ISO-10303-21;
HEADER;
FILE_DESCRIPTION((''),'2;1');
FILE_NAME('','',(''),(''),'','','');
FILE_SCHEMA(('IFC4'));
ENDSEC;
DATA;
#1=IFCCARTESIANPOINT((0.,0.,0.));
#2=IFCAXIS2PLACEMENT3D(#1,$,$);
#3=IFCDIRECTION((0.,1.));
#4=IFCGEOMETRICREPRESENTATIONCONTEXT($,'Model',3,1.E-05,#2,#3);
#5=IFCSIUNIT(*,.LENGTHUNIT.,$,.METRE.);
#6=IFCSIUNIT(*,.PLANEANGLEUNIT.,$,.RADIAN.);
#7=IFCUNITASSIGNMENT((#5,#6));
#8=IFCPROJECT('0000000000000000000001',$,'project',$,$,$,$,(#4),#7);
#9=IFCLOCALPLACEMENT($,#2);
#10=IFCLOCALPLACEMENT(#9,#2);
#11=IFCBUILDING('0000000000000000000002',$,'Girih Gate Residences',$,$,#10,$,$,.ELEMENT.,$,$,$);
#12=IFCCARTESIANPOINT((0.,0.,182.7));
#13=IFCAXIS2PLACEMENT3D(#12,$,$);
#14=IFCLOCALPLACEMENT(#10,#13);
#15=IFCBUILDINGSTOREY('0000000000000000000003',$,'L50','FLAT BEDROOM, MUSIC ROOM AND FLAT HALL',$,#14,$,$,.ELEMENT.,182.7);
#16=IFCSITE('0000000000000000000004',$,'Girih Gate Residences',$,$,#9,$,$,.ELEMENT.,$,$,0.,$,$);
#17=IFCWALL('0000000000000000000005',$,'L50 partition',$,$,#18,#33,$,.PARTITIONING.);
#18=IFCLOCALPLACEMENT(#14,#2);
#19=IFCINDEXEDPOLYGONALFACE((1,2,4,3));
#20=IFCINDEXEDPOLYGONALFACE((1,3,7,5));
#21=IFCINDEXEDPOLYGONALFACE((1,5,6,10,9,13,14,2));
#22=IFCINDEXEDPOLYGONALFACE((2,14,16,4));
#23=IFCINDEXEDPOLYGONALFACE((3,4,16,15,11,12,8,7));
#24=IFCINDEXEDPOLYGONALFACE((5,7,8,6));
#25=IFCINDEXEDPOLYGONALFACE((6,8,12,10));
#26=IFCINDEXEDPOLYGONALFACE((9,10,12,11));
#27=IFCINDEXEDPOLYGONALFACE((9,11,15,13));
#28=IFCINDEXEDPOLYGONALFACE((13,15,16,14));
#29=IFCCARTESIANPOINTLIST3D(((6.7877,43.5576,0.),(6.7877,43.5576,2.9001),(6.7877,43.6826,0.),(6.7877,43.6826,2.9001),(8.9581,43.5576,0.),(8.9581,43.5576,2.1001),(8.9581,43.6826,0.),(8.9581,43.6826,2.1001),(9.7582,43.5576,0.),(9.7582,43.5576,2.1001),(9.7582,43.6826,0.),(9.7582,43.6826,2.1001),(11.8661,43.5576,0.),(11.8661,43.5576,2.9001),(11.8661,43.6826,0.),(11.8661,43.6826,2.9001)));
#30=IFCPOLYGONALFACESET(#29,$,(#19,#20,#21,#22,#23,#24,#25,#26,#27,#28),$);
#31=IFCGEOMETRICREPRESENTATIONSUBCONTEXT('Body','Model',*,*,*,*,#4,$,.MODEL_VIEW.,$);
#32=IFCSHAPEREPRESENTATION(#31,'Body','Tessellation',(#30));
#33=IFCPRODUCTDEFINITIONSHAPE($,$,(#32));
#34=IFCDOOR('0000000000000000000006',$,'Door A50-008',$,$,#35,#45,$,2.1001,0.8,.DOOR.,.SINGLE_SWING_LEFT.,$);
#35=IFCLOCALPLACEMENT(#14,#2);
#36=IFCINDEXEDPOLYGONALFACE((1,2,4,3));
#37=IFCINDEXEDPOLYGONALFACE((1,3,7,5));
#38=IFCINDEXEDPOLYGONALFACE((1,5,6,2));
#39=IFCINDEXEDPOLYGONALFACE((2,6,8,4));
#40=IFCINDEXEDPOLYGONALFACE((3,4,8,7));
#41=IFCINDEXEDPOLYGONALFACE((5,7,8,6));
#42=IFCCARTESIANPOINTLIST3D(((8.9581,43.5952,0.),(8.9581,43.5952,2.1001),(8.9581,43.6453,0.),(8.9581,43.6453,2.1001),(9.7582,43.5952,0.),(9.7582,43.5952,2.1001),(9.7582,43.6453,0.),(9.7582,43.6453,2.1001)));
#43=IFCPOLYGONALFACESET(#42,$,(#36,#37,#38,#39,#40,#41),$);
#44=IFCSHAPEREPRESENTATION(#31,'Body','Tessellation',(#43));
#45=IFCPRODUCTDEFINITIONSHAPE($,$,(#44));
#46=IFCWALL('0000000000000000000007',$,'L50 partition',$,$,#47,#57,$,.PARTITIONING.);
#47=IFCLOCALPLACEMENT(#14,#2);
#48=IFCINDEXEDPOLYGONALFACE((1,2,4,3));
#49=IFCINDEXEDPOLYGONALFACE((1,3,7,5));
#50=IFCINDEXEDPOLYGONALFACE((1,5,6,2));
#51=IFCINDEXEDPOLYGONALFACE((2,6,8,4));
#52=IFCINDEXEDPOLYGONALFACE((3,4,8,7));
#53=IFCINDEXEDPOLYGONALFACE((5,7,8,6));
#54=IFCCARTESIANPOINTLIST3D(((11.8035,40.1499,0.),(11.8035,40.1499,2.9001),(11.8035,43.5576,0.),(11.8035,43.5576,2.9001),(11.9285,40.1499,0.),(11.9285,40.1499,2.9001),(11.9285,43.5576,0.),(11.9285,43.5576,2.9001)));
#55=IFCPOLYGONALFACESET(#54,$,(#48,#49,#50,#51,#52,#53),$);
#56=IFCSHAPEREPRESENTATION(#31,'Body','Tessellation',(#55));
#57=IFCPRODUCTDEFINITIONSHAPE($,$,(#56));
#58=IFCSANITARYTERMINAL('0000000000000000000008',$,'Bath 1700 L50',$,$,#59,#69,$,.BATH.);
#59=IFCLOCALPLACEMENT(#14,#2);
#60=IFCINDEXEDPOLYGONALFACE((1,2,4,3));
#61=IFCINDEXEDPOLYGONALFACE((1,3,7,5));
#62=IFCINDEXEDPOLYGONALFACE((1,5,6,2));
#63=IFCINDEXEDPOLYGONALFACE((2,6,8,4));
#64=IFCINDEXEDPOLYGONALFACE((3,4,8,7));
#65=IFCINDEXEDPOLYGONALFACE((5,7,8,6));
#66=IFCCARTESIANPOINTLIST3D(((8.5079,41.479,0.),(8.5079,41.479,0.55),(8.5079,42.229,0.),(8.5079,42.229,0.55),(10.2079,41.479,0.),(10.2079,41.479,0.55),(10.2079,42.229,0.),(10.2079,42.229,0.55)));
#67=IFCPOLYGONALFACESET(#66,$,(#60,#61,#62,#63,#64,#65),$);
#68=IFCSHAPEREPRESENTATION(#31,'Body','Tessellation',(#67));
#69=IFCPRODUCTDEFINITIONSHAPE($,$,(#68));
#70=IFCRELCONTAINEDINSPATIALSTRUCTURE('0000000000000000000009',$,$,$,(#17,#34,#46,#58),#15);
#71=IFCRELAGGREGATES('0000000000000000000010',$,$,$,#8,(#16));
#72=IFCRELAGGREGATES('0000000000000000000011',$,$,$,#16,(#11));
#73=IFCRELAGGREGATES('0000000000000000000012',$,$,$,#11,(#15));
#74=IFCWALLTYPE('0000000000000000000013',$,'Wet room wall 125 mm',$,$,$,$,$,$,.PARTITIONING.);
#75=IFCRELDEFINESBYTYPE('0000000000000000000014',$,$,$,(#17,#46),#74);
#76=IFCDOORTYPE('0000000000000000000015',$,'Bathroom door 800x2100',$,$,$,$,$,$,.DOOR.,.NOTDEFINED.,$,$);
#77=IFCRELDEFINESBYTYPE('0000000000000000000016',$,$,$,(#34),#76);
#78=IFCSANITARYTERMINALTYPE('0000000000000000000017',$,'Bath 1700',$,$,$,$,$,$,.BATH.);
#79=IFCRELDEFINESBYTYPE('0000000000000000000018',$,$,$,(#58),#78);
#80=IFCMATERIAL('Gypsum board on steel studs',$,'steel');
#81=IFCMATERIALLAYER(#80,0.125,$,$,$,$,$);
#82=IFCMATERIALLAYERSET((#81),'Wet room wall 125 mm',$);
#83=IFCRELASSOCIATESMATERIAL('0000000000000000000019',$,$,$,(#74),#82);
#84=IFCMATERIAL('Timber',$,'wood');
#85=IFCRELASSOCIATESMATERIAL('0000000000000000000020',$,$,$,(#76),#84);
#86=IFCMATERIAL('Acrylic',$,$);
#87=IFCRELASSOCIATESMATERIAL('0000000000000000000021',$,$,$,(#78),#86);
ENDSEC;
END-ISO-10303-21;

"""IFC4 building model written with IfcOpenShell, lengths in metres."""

from ifc_helpers import new_model, si_unit, direction, frame, frame_2d, origin, origin_2d, place, context, subcontext, project, spatial, rectangle, extrude, material, layer, layer_set, type_object, element, fill, save


model = new_model("IFC4")

# Units and contexts
model_context = context("Model", 3, precision=1e-05, world=origin(), true_north=direction((0.0, 1.0)))
body_context = subcontext(model_context, "Body", "Model", "MODEL_VIEW")
ifc_project = project(units=[si_unit("LENGTHUNIT", "METRE"), si_unit("PLANEANGLEUNIT", "RADIAN")], contexts=[model_context])

# Site, building, storey
site_placement = place(None, origin())
site = spatial("IfcSite", under=ifc_project, at=site_placement, Name="Girih Gate Residences", CompositionType="ELEMENT", RefElevation=0.0)
building_placement = place(site_placement, origin())
building = spatial("IfcBuilding", under=site, at=building_placement, Name="Girih Gate Residences", CompositionType="ELEMENT")
storey_placement = place(building_placement, frame((0.0, 0.0, 182.7)))
storey = spatial("IfcBuildingStorey", under=building, at=storey_placement, Name="L50", Description="FLAT BEDROOM, MUSIC ROOM AND FLAT HALL", CompositionType="ELEMENT", Elevation=182.7)

# Shared definitions
ifc_material_1 = material(Name="Gypsum board on steel studs", Category="steel")

# Shared definitions
ifc_material_2 = material(Name="Timber", Category="wood")

# Shared definitions
ifc_layer_1 = layer(ifc_material_1, 0.125)
ifc_layer_set_1 = layer_set([ifc_layer_1], Name="Wet room wall 125 mm")
wall_type_1 = type_object("IfcWallType", Name="Wet room wall 125 mm", PredefinedType="PARTITIONING", material=ifc_layer_set_1)

# Wall, opening, door
wall_1_placement = place(storey_placement, frame((11.866, 43.6201, 0.0), z_axis=(0.0, 0.0, 1.0), x_axis=(-1.0, 0.0, 0.0)))
wall_1 = element("IfcWall", 1, at=wall_1_placement, inside=storey, type_object=wall_type_1, Name="L50 partition", PredefinedType="PARTITIONING", context=body_context, shape_type="SweptSolid", body=[
    extrude(rectangle(XDim=5.0784, YDim=0.125, at=frame_2d((2.5391, 0.0))), origin(), (0.0, 0.0, 1.0), 2.9001),
])
opening_1_placement = place(wall_1_placement, frame((2.1079, 0.0, 0.0)))
opening_1 = element("IfcOpeningElement", 2, at=opening_1_placement, cuts=wall_1, PredefinedType="OPENING", context=body_context, shape_type="SweptSolid", body=[
    extrude(rectangle(XDim=0.8, YDim=2.1001, at=frame_2d((0.3999, 1.05))), frame((0.0, 0.0725, 0.0), z_axis=(0.0, -1.0, 0.0), x_axis=(1.0, 0.0, 0.0)), (0.0, 0.0, 1.0), 0.145),
])
door_type_1 = type_object("IfcDoorType", Name="Bathroom door 800x2100", OperationType="NOTDEFINED", PredefinedType="DOOR", material=ifc_material_2)
door_1_placement = place(opening_1_placement, origin())
door_1 = element("IfcDoor", 3, at=door_1_placement, inside=storey, type_object=door_type_1, Name="Door A50-008", OperationType="SINGLE_SWING_LEFT", OverallHeight=2.1001, OverallWidth=0.8, PredefinedType="DOOR", context=body_context, shape_type="SweptSolid", body=[
    extrude(rectangle(XDim=0.8, YDim=2.1001, at=frame_2d((0.3999, 1.05))), frame((0.0, 0.0249, 0.0), z_axis=(0.0, -1.0, 0.0), x_axis=(1.0, 0.0, 0.0)), (0.0, 0.0, 1.0), 0.05),
])
fill(opening_1, door_1)

# Wall
wall_2_placement = place(storey_placement, frame((11.866, 40.1499, 0.0), z_axis=(0.0, 0.0, 1.0), x_axis=(0.0, 1.0, 0.0)))
element("IfcWall", 4, at=wall_2_placement, inside=storey, type_object=wall_type_1, Name="L50 partition", PredefinedType="PARTITIONING", context=body_context, shape_type="SweptSolid", body=[
    extrude(rectangle(XDim=3.4077, YDim=0.125, at=frame_2d((1.7039, 0.0))), origin(), (0.0, 0.0, 1.0), 2.9001),
])

# Sanitary terminal
ifc_material_3 = material(Name="Acrylic")
sanitary_terminal_type = type_object("IfcSanitaryTerminalType", Name="Bath 1700", PredefinedType="BATH", material=ifc_material_3)
sanitary_terminal_placement = place(storey_placement, frame((9.3579, 41.854, 0.0), z_axis=(0.0, 0.0, 1.0), x_axis=(1.0, 0.0, 0.0)))
element("IfcSanitaryTerminal", 5, at=sanitary_terminal_placement, inside=storey, type_object=sanitary_terminal_type, Name="Bath 1700 L50", PredefinedType="BATH", context=body_context, shape_type="SweptSolid", body=[
    extrude(rectangle(XDim=1.7, YDim=0.75, at=origin_2d()), origin(), (0.0, 0.0, 1.0), 0.55),
])

save(model, "model.ifc")
